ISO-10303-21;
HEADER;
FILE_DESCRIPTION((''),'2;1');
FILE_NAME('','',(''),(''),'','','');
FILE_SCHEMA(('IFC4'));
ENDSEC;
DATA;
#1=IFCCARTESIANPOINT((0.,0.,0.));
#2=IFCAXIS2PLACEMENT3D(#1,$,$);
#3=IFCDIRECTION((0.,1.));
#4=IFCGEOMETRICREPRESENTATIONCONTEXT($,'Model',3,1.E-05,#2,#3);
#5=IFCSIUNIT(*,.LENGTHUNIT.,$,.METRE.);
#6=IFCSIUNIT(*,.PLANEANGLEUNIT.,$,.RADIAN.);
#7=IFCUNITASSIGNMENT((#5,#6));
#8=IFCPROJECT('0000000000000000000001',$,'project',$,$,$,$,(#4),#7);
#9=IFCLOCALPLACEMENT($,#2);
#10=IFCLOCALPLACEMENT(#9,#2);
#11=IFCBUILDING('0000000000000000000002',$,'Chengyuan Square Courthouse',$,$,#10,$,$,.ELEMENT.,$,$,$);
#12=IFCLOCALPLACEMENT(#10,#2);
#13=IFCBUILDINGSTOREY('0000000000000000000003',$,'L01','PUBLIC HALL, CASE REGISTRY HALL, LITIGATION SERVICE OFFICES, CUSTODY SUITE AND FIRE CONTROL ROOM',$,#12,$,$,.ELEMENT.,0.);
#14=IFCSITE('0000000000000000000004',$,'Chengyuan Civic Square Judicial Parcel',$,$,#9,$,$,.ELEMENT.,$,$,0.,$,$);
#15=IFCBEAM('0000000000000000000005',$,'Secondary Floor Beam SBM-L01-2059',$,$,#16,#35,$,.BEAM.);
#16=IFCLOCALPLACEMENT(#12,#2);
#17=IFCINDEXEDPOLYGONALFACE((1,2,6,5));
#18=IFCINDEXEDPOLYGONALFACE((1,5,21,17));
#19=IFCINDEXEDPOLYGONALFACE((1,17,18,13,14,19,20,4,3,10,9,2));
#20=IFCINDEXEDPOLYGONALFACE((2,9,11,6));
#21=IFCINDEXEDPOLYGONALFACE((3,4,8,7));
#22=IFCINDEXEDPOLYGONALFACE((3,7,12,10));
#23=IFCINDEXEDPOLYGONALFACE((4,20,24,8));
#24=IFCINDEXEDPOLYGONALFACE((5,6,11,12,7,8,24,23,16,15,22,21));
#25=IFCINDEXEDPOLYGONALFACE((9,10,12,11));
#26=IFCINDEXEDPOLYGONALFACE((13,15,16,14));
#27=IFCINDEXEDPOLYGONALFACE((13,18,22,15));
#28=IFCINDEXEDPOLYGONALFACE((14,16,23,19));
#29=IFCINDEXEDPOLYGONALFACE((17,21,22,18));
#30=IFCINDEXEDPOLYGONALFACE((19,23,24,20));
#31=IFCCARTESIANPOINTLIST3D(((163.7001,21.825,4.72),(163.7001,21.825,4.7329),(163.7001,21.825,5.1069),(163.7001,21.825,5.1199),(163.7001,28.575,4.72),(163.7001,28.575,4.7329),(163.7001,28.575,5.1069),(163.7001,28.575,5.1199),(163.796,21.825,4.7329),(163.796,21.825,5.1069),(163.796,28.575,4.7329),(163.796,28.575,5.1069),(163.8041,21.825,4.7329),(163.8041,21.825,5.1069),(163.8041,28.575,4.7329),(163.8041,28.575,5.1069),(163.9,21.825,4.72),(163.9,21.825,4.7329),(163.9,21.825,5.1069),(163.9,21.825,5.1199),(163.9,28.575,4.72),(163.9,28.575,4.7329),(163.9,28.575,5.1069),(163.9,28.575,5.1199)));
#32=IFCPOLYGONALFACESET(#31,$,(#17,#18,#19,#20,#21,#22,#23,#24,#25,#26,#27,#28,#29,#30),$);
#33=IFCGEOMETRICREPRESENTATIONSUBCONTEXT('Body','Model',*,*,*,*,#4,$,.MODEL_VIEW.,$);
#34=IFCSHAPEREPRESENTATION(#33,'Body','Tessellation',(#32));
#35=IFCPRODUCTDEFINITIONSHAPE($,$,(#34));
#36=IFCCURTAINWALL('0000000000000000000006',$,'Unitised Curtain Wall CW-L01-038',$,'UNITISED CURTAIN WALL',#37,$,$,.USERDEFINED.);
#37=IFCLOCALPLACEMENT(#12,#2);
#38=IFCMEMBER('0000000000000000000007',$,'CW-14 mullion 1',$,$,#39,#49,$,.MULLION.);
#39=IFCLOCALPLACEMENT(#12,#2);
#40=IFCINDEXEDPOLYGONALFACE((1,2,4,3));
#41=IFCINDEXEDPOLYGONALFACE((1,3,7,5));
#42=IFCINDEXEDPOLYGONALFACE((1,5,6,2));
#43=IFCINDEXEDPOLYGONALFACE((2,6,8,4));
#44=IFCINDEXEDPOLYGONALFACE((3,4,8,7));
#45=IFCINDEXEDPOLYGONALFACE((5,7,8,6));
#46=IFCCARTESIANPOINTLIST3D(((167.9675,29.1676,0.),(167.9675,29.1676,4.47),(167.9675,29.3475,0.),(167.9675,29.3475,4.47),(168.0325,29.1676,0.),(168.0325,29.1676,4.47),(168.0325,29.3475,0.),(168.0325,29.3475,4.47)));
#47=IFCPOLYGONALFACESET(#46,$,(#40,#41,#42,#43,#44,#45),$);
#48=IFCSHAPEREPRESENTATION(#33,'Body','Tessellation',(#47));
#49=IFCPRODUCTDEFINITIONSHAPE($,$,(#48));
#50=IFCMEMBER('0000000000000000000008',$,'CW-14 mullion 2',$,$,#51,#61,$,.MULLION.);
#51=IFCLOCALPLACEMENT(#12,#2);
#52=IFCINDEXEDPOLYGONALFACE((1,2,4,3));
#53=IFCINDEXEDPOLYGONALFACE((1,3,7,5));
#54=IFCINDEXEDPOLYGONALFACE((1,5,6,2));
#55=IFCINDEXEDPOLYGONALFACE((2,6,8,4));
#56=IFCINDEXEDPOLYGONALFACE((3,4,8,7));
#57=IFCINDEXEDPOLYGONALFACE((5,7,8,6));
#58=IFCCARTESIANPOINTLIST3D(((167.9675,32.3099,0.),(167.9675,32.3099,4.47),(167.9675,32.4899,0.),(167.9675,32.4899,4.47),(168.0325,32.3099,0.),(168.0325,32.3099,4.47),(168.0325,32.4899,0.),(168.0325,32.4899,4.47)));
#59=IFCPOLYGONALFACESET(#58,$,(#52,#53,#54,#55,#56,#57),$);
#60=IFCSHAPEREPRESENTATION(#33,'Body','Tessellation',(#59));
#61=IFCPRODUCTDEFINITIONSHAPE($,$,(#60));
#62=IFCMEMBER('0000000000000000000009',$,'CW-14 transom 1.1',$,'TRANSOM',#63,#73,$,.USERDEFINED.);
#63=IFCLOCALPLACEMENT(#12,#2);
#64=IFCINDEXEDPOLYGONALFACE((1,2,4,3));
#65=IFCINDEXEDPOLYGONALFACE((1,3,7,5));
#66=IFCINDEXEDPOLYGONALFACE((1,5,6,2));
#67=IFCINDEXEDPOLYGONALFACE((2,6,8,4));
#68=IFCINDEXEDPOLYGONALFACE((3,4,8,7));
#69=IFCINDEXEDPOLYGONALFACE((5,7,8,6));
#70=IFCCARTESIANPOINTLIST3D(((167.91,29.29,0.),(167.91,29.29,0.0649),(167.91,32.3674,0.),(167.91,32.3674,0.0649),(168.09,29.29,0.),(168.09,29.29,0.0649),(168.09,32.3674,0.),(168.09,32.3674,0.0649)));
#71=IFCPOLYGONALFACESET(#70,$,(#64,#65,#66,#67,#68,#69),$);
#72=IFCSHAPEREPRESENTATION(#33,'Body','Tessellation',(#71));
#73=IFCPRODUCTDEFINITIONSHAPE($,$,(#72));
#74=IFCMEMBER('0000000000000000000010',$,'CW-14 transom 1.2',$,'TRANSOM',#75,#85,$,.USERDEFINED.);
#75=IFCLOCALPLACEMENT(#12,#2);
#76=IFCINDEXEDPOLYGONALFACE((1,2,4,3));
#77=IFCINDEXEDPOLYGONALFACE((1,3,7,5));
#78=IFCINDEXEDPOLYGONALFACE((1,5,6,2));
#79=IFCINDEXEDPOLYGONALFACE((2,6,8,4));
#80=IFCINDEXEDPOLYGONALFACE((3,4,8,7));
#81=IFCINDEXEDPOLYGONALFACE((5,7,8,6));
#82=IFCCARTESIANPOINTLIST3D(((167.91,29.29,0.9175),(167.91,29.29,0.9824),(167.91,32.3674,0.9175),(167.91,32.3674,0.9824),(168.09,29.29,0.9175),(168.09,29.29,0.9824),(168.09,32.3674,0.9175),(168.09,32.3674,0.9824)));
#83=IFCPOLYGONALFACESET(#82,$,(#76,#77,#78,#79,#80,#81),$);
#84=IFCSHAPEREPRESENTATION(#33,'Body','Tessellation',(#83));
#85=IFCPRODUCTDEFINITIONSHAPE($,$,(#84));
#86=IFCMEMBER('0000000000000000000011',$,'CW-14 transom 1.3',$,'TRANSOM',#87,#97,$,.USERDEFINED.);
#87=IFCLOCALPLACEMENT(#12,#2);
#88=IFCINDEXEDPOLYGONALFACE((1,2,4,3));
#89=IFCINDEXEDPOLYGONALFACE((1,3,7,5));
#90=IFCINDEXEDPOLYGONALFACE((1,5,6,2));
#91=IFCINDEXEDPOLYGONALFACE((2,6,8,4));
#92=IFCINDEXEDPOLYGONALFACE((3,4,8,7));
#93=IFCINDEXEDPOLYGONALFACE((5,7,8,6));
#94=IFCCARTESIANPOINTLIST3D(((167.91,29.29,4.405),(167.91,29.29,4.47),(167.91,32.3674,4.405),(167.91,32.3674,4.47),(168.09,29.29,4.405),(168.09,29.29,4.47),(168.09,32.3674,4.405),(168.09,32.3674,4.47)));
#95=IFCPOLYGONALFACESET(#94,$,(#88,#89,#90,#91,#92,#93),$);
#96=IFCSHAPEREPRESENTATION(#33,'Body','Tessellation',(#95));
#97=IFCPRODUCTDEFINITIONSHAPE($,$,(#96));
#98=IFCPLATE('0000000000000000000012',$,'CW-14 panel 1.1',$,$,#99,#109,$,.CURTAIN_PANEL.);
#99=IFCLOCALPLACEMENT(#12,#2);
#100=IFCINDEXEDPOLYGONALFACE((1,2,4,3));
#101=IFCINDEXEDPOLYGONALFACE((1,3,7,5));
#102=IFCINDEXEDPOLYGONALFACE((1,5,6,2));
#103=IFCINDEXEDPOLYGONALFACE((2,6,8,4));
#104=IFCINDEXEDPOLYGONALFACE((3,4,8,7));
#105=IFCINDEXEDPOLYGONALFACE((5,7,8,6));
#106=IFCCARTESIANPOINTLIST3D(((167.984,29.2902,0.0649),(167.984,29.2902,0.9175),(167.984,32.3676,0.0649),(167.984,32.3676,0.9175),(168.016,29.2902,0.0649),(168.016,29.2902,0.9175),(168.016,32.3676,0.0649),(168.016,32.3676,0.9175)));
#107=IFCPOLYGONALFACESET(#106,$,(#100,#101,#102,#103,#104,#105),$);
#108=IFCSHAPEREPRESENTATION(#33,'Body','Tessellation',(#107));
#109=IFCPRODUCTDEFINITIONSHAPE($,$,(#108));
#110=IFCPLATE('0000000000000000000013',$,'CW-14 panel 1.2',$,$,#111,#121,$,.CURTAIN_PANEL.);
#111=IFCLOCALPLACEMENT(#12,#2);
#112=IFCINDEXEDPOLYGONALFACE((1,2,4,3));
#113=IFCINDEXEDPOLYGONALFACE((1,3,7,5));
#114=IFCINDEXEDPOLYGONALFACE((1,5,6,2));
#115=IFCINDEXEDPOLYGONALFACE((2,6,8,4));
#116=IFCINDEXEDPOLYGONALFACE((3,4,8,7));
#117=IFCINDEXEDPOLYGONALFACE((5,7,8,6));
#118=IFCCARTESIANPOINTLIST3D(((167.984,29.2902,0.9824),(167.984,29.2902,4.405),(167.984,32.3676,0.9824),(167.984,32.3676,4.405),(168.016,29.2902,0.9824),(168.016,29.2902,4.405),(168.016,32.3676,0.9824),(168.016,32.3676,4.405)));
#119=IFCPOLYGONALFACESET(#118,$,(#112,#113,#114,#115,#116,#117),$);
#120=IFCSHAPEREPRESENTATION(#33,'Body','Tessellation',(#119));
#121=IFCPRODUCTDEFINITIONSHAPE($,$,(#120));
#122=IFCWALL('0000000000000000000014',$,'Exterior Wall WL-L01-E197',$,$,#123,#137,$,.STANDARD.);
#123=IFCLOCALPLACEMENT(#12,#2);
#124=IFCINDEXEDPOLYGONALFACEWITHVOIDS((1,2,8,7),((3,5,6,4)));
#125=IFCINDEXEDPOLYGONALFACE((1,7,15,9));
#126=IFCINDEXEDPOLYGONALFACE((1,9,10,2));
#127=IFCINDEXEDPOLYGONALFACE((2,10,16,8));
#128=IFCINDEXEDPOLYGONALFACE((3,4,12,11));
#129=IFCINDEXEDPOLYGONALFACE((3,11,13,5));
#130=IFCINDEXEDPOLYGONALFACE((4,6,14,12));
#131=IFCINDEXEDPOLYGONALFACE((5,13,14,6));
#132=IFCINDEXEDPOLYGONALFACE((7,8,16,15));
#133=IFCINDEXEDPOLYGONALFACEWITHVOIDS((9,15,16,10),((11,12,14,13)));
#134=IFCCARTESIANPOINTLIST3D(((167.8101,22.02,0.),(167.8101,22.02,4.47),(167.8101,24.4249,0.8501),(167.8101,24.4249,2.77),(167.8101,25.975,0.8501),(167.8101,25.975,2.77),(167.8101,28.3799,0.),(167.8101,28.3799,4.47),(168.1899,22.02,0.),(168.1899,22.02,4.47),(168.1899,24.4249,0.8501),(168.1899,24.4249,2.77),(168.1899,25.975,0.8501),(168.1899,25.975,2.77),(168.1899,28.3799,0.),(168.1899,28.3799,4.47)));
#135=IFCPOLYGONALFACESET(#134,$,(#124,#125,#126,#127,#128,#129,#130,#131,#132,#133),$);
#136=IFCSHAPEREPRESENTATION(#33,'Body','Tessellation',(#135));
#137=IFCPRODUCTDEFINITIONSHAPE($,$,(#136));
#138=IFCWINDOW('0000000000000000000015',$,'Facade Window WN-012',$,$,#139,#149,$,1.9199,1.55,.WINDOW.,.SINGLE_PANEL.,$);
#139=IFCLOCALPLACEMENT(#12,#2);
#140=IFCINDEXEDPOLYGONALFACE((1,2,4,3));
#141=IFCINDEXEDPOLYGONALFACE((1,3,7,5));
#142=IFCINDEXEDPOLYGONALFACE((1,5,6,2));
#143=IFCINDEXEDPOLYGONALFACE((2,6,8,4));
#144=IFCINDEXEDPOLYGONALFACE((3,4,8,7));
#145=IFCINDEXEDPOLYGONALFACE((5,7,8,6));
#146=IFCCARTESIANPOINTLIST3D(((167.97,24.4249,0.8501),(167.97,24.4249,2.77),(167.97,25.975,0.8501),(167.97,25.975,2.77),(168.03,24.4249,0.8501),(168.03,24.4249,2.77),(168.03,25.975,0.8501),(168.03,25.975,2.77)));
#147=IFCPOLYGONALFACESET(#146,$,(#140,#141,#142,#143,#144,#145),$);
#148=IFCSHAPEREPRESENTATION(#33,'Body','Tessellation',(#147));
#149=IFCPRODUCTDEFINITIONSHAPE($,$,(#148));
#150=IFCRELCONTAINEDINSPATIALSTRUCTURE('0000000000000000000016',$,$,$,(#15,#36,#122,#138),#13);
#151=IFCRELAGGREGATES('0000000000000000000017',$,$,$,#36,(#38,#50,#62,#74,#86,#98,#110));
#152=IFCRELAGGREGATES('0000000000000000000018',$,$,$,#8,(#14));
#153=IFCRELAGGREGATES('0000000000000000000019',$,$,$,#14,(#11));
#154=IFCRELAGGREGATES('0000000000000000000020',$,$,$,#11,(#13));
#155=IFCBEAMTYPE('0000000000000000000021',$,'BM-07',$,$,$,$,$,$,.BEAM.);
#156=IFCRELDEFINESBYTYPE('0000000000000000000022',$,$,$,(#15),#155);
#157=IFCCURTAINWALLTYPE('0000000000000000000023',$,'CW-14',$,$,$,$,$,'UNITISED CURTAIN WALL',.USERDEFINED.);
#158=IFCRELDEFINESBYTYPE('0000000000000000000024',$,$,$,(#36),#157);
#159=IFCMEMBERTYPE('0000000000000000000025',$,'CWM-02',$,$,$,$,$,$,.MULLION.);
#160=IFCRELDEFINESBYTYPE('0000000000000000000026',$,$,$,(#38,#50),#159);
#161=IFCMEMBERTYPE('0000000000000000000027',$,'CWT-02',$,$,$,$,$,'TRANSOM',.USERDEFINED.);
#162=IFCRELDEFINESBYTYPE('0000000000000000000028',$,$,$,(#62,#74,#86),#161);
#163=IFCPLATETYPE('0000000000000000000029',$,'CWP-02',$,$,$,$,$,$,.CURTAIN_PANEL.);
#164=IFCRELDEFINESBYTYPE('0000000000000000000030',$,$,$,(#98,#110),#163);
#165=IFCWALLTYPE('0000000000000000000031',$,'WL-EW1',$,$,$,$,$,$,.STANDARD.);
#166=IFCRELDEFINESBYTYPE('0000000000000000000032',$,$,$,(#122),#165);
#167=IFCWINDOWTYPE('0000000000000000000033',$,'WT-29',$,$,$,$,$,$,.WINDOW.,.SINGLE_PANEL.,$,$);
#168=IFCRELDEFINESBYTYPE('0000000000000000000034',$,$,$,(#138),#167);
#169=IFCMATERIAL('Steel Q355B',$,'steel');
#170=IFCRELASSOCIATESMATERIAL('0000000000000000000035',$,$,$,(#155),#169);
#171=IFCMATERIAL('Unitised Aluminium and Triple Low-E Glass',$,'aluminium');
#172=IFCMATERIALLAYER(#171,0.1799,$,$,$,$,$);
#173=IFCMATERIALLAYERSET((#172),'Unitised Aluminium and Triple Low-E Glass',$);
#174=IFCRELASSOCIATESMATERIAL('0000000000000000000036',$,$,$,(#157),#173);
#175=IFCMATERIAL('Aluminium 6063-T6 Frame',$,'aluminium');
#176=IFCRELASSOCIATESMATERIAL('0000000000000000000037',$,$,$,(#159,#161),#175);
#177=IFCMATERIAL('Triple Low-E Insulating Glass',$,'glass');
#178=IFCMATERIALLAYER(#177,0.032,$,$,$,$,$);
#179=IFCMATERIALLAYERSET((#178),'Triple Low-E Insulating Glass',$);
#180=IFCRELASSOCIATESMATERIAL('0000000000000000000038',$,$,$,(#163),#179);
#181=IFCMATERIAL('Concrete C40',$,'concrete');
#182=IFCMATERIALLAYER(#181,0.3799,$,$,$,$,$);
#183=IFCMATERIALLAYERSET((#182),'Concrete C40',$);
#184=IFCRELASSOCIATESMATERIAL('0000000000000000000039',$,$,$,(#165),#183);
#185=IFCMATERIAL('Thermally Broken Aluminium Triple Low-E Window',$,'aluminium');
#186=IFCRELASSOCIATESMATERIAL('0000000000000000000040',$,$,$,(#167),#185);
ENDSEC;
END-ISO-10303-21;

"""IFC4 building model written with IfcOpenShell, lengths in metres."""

from ifc_helpers import new_model, si_unit, direction, frame, frame_2d, origin, origin_2d, place, context, subcontext, project, spatial, rectangle, i_section, extrude, material, layer, layer_set, material_profile, profile_set, type_object, element, fill, aggregate, save


model = new_model("IFC4")

# Units and contexts
model_context = context("Model", 3, precision=1e-05, world=origin(), true_north=direction((0.0, 1.0)))
body_context = subcontext(model_context, "Body", "Model", "MODEL_VIEW")
ifc_project = project(units=[si_unit("LENGTHUNIT", "METRE"), si_unit("PLANEANGLEUNIT", "RADIAN")], contexts=[model_context])

# Site, building, storey
site_placement = place(None, origin())
site = spatial("IfcSite", under=ifc_project, at=site_placement, Name="Chengyuan Civic Square Judicial Parcel", CompositionType="ELEMENT", RefElevation=0.0)
building_placement = place(site_placement, origin())
building = spatial("IfcBuilding", under=site, at=building_placement, Name="Chengyuan Square Courthouse", CompositionType="ELEMENT")
storey_placement = place(building_placement, origin())
storey = spatial("IfcBuildingStorey", under=building, at=storey_placement, Name="L01", Description="PUBLIC HALL, CASE REGISTRY HALL, LITIGATION SERVICE OFFICES, CUSTODY SUITE AND FIRE CONTROL ROOM", CompositionType="ELEMENT", Elevation=0.0)

# Beam
ifc_material_1 = material(Name="Concrete C40", Category="concrete")
ifc_material_2 = material(Name="Steel Q355B", Category="steel")
ifc_material_profile_1 = material_profile(ifc_material_2, i_section(OverallWidth=0.2, OverallDepth=0.3999, WebThickness=0.0081, FlangeThickness=0.0129, at=origin_2d()), Name="HN 400x200x8x13")
ifc_profile_set_1 = profile_set([ifc_material_profile_1], Name="Steel Q355B")
beam_type_1 = type_object("IfcBeamType", Name="BM-07", PredefinedType="BEAM", material=ifc_profile_set_1)
for number, where, z_axis, x_axis, name in (
    (1, (163.8, 21.825, 4.9199), (0.0, 1.0, 0.0), (-1.0, 0.0, 0.0), "Secondary Floor Beam SBM-L01-2059"),
):
    element("IfcBeam", number, at=place(storey_placement, frame(where, z_axis=z_axis, x_axis=x_axis)), inside=storey, type_object=beam_type_1, Name=name, PredefinedType="BEAM", context=body_context, shape_type="SweptSolid", body=[
        extrude(i_section(OverallWidth=0.2, OverallDepth=0.3999, WebThickness=0.0081, FlangeThickness=0.0129, at=origin_2d()), origin(), (0.0, 0.0, 1.0), 6.75),
    ])

# Curtain wall, members, plates
ifc_material_3 = material(Name="Unitised Aluminium and Triple Low-E Glass", Category="aluminium")
ifc_layer_1 = layer(ifc_material_3, 0.1799)
ifc_layer_set_1 = layer_set([ifc_layer_1], Name="Unitised Aluminium and Triple Low-E Glass")
curtain_wall_type = type_object("IfcCurtainWallType", Name="CW-14", ElementType="UNITISED CURTAIN WALL", PredefinedType="USERDEFINED", material=ifc_layer_set_1)
curtain_wall_placement = place(storey_placement, origin())
curtain_wall = element("IfcCurtainWall", 2, at=curtain_wall_placement, inside=storey, type_object=curtain_wall_type, Name="Unitised Curtain Wall CW-L01-038", ObjectType="UNITISED CURTAIN WALL", PredefinedType="USERDEFINED")
ifc_material_4 = material(Name="Aluminium 6063-T6 Frame", Category="aluminium")
ifc_material_profile_2 = material_profile(ifc_material_4, rectangle(XDim=0.0649, YDim=0.1799, at=origin_2d()), Name="CW-MUL-65x180")
ifc_profile_set_2 = profile_set([ifc_material_profile_2], Name="Aluminium 6063-T6 Frame")
member_type_1 = type_object("IfcMemberType", Name="CWM-02", PredefinedType="MULLION", material=ifc_profile_set_2)
member_1_placement = place(storey_placement, frame((168.0, 29.2576, 0.0), z_axis=(0.0, 0.0, 1.0), x_axis=(-1.0, 0.0, 0.0)))
member_1 = element("IfcMember", 3, at=member_1_placement, type_object=member_type_1, Name="CW-14 mullion 1", PredefinedType="MULLION", context=body_context, shape_type="SweptSolid", body=[
    extrude(rectangle(XDim=0.0649, YDim=0.1799, at=origin_2d()), origin(), (0.0, 0.0, 1.0), 4.47),
])
member_2_placement = place(storey_placement, frame((168.0, 32.3999, 0.0), z_axis=(0.0, 0.0, 1.0), x_axis=(-1.0, 0.0, 0.0)))
member_2 = element("IfcMember", 4, at=member_2_placement, type_object=member_type_1, Name="CW-14 mullion 2", PredefinedType="MULLION", context=body_context, shape_type="SweptSolid", body=[
    extrude(rectangle(XDim=0.0649, YDim=0.1799, at=origin_2d()), origin(), (0.0, 0.0, 1.0), 4.47),
])
ifc_material_profile_3 = material_profile(ifc_material_4, rectangle(XDim=0.1799, YDim=0.0649, at=origin_2d()), Name="CW-TRN-65x140")
ifc_profile_set_3 = profile_set([ifc_material_profile_3], Name="Aluminium 6063-T6 Frame")
member_type_2 = type_object("IfcMemberType", Name="CWT-02", ElementType="TRANSOM", PredefinedType="USERDEFINED", material=ifc_profile_set_3)
member_3_placement = place(storey_placement, frame((168.0, 29.29, 0.0325), z_axis=(0.0, 1.0, 0.0), x_axis=(-1.0, 0.0, 0.0)))
member_3 = element("IfcMember", 5, at=member_3_placement, type_object=member_type_2, Name="CW-14 transom 1.1", ObjectType="TRANSOM", PredefinedType="USERDEFINED", context=body_context, shape_type="SweptSolid", body=[
    extrude(rectangle(XDim=0.1799, YDim=0.0649, at=origin_2d()), origin(), (0.0, 0.0, 1.0), 3.0774),
])
member_4_placement = place(storey_placement, frame((168.0, 29.29, 0.95), z_axis=(0.0, 1.0, 0.0), x_axis=(-1.0, 0.0, 0.0)))
member_4 = element("IfcMember", 6, at=member_4_placement, type_object=member_type_2, Name="CW-14 transom 1.2", ObjectType="TRANSOM", PredefinedType="USERDEFINED", context=body_context, shape_type="SweptSolid", body=[
    extrude(rectangle(XDim=0.1799, YDim=0.0649, at=origin_2d()), origin(), (0.0, 0.0, 1.0), 3.0774),
])
member_5_placement = place(storey_placement, frame((168.0, 29.29, 4.4375), z_axis=(0.0, 1.0, 0.0), x_axis=(-1.0, 0.0, 0.0)))
member_5 = element("IfcMember", 7, at=member_5_placement, type_object=member_type_2, Name="CW-14 transom 1.3", ObjectType="TRANSOM", PredefinedType="USERDEFINED", context=body_context, shape_type="SweptSolid", body=[
    extrude(rectangle(XDim=0.1799, YDim=0.0649, at=origin_2d()), origin(), (0.0, 0.0, 1.0), 3.0774),
])
ifc_material_5 = material(Name="Triple Low-E Insulating Glass", Category="glass")
ifc_layer_2 = layer(ifc_material_5, 0.032)
ifc_layer_set_2 = layer_set([ifc_layer_2], Name="Triple Low-E Insulating Glass")
plate_type = type_object("IfcPlateType", Name="CWP-02", PredefinedType="CURTAIN_PANEL", material=ifc_layer_set_2)
plate_1_placement = place(storey_placement, frame((168.0, 30.8289, 0.0649), z_axis=(0.0, 0.0, 1.0), x_axis=(0.0, 1.0, 0.0)))
plate_1 = element("IfcPlate", 8, at=plate_1_placement, type_object=plate_type, Name="CW-14 panel 1.1", PredefinedType="CURTAIN_PANEL", context=body_context, shape_type="SweptSolid", body=[
    extrude(rectangle(XDim=3.0774, YDim=0.032, at=origin_2d()), origin(), (0.0, 0.0, 1.0), 0.8525),
])
plate_2_placement = place(storey_placement, frame((168.0, 30.8289, 0.9824), z_axis=(0.0, 0.0, 1.0), x_axis=(0.0, 1.0, 0.0)))
plate_2 = element("IfcPlate", 9, at=plate_2_placement, type_object=plate_type, Name="CW-14 panel 1.2", PredefinedType="CURTAIN_PANEL", context=body_context, shape_type="SweptSolid", body=[
    extrude(rectangle(XDim=3.0774, YDim=0.032, at=origin_2d()), origin(), (0.0, 0.0, 1.0), 3.4226),
])
aggregate(curtain_wall, [member_1, member_2, member_3, member_4, member_5, plate_1, plate_2])

# Wall, opening, window
ifc_layer_3 = layer(ifc_material_1, 0.3799)
ifc_layer_set_3 = layer_set([ifc_layer_3], Name="Concrete C40")
wall_type_1 = type_object("IfcWallType", Name="WL-EW1", PredefinedType="STANDARD", material=ifc_layer_set_3)
wall_1_placement = place(storey_placement, frame((168.0, 22.02, 0.0), z_axis=(0.0, 0.0, 1.0), x_axis=(0.0, 1.0, 0.0)))
wall_1 = element("IfcWall", 10, at=wall_1_placement, inside=storey, type_object=wall_type_1, Name="Exterior Wall WL-L01-E197", PredefinedType="STANDARD", context=body_context, shape_type="SweptSolid", body=[
    extrude(rectangle(XDim=6.3599, YDim=0.3799, at=frame_2d((3.1799, 0.0))), origin(), (0.0, 0.0, 1.0), 4.47),
])
opening_1_placement = place(wall_1_placement, frame((2.405, 0.0, 0.8501)))
opening_1 = element("IfcOpeningElement", 11, at=opening_1_placement, cuts=wall_1, PredefinedType="OPENING", context=body_context, shape_type="SweptSolid", body=[
    extrude(rectangle(XDim=1.55, YDim=1.9199, at=frame_2d((0.7749, 0.96))), frame((0.0, 0.2019, 0.0), z_axis=(0.0, -1.0, 0.0), x_axis=(1.0, 0.0, 0.0)), (0.0, 0.0, 1.0), 0.4038),
])
ifc_material_6 = material(Name="Thermally Broken Aluminium Triple Low-E Window", Category="aluminium")
window_type = type_object("IfcWindowType", Name="WT-29", PartitioningType="SINGLE_PANEL", PredefinedType="WINDOW", material=ifc_material_6)
window_placement = place(opening_1_placement, origin())
window = element("IfcWindow", 12, at=window_placement, inside=storey, type_object=window_type, Name="Facade Window WN-012", OverallHeight=1.9199, OverallWidth=1.55, PartitioningType="SINGLE_PANEL", PredefinedType="WINDOW", context=body_context, shape_type="SweptSolid", body=[
    extrude(rectangle(XDim=1.55, YDim=1.9199, at=frame_2d((0.7749, 0.96))), frame((0.0, 0.03, 0.0), z_axis=(0.0, -1.0, 0.0), x_axis=(1.0, 0.0, 0.0)), (0.0, 0.0, 1.0), 0.0601),
])
fill(opening_1, window)

save(model, "model.ifc")
